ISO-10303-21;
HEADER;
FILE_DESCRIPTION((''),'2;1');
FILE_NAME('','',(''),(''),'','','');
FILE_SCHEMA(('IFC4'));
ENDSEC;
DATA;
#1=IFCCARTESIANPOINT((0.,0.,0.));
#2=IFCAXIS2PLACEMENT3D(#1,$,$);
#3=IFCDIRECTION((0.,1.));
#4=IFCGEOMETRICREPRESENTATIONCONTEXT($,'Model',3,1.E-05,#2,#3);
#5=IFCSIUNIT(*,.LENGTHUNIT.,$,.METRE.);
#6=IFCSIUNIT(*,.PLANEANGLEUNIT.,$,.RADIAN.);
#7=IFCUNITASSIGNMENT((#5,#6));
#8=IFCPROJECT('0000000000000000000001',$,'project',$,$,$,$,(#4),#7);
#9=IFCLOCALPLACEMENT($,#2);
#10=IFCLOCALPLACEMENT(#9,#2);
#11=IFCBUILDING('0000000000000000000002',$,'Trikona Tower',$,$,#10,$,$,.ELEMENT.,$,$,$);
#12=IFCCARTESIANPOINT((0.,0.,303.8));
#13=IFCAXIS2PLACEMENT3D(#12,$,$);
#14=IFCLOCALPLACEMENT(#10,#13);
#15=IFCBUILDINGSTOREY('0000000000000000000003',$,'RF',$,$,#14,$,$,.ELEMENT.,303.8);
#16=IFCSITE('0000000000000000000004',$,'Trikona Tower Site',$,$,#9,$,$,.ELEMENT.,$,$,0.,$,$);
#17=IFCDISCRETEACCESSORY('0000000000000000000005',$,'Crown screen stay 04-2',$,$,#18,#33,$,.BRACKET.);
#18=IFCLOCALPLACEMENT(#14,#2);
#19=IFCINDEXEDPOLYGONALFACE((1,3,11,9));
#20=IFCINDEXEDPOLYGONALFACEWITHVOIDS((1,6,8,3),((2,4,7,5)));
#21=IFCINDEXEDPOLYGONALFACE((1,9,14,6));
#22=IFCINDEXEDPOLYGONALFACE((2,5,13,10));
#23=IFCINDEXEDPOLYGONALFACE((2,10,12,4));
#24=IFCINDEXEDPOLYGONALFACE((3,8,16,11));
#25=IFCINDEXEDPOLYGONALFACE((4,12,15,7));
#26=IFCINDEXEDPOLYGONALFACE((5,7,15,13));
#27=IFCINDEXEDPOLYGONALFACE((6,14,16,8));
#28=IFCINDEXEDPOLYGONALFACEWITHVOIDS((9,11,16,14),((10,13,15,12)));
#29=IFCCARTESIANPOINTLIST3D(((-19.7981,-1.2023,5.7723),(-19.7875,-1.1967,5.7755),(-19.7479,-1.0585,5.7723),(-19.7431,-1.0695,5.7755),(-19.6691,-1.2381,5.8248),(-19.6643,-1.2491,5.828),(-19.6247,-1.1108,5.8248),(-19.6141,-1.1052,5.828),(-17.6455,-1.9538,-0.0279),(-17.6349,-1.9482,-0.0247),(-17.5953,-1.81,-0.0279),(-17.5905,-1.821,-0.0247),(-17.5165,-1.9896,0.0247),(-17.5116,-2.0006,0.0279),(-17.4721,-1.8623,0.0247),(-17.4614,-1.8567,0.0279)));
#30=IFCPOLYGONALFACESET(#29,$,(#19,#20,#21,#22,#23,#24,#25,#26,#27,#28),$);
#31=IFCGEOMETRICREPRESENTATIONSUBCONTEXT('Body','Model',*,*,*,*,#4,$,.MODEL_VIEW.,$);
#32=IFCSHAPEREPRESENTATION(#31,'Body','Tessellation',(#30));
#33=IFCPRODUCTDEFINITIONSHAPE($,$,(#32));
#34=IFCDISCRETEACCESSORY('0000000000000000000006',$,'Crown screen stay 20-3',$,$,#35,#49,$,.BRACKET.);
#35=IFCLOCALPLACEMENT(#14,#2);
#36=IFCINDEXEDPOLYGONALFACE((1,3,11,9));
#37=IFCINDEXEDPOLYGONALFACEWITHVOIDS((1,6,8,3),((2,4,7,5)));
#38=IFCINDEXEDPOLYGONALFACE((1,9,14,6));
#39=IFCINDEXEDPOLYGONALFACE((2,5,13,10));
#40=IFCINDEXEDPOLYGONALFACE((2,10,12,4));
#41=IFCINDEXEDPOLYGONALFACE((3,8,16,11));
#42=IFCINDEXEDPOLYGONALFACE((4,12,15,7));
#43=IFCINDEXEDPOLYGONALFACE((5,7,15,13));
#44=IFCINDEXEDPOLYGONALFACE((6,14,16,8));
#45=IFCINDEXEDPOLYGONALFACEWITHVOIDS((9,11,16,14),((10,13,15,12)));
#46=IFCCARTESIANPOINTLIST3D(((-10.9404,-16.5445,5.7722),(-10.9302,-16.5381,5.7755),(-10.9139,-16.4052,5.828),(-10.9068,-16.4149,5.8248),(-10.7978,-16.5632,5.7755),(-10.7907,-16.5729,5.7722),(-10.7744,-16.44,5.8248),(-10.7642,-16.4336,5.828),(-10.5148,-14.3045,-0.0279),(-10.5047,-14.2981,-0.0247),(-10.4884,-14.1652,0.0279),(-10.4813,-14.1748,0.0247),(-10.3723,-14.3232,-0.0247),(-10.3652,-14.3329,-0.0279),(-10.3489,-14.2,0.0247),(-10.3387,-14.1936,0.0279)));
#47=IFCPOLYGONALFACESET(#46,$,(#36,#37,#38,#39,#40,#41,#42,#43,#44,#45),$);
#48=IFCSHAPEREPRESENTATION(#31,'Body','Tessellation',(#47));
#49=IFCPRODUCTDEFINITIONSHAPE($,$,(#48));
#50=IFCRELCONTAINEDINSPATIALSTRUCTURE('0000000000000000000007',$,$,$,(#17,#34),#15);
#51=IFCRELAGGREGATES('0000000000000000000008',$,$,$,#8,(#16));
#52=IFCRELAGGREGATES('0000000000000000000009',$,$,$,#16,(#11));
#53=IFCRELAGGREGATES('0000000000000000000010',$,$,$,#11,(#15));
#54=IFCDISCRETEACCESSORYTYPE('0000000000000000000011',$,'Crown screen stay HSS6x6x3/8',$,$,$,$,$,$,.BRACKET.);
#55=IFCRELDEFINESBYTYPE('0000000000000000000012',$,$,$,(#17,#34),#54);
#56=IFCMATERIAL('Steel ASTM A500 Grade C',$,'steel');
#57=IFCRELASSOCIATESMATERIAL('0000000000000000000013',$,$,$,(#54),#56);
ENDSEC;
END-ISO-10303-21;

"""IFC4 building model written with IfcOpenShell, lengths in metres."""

from ifc_helpers import new_model, si_unit, direction, frame, origin, origin_2d, place, context, subcontext, project, spatial, hollow_rectangle, extrude, material, material_profile, profile_set, type_object, element, save


model = new_model("IFC4")

# Units and contexts
model_context = context("Model", 3, precision=1e-05, world=origin(), true_north=direction((0.0, 1.0)))
body_context = subcontext(model_context, "Body", "Model", "MODEL_VIEW")
ifc_project = project(units=[si_unit("LENGTHUNIT", "METRE"), si_unit("PLANEANGLEUNIT", "RADIAN")], contexts=[model_context])

# Site, building, storey
site_placement = place(None, origin())
site = spatial("IfcSite", under=ifc_project, at=site_placement, Name="Trikona Tower Site", CompositionType="ELEMENT", RefElevation=0.0)
building_placement = place(site_placement, origin())
building = spatial("IfcBuilding", under=site, at=building_placement, Name="Trikona Tower", CompositionType="ELEMENT")
storey_placement = place(building_placement, frame((0.0, 0.0, 303.8)))
storey = spatial("IfcBuildingStorey", under=building, at=storey_placement, Name="RF", CompositionType="ELEMENT", Elevation=303.8)

# Discrete accessories
ifc_material_1 = material(Name="Steel ASTM A500 Grade C", Category="steel")
ifc_material_profile_1 = material_profile(ifc_material_1, hollow_rectangle(XDim=0.1523, YDim=0.1523, WallThickness=0.0088, at=origin_2d()), Name="HSS6X6X3/8")
ifc_profile_set_1 = profile_set([ifc_material_profile_1], Name="Steel ASTM A500 Grade C")
discrete_accessory_type_1 = type_object("IfcDiscreteAccessoryType", Name="Crown screen stay HSS6x6x3/8", PredefinedType="BRACKET", material=ifc_profile_set_1)
for number, where, z_axis, x_axis, name in (
    (1, (-17.5535, -1.9053, 0.0), (-0.345404, 0.12058, 0.930675), (-0.329592, -0.944123, 0.0), "Crown screen stay 04-2"),
    (2, (-10.4268, -14.249, 0.0), (-0.068281, -0.359427, 0.930672), (0.982429, -0.186635, 0.0), "Crown screen stay 20-3"),
):
    element("IfcDiscreteAccessory", number, at=place(storey_placement, frame(where, z_axis=z_axis, x_axis=x_axis)), inside=storey, type_object=discrete_accessory_type_1, Name=name, PredefinedType="BRACKET", context=body_context, shape_type="SweptSolid", body=[
        extrude(hollow_rectangle(XDim=0.1523, YDim=0.1523, WallThickness=0.0088, at=origin_2d()), origin(), (0.0, 0.0, 1.0), 6.2322),
    ])

save(model, "model.ifc")
